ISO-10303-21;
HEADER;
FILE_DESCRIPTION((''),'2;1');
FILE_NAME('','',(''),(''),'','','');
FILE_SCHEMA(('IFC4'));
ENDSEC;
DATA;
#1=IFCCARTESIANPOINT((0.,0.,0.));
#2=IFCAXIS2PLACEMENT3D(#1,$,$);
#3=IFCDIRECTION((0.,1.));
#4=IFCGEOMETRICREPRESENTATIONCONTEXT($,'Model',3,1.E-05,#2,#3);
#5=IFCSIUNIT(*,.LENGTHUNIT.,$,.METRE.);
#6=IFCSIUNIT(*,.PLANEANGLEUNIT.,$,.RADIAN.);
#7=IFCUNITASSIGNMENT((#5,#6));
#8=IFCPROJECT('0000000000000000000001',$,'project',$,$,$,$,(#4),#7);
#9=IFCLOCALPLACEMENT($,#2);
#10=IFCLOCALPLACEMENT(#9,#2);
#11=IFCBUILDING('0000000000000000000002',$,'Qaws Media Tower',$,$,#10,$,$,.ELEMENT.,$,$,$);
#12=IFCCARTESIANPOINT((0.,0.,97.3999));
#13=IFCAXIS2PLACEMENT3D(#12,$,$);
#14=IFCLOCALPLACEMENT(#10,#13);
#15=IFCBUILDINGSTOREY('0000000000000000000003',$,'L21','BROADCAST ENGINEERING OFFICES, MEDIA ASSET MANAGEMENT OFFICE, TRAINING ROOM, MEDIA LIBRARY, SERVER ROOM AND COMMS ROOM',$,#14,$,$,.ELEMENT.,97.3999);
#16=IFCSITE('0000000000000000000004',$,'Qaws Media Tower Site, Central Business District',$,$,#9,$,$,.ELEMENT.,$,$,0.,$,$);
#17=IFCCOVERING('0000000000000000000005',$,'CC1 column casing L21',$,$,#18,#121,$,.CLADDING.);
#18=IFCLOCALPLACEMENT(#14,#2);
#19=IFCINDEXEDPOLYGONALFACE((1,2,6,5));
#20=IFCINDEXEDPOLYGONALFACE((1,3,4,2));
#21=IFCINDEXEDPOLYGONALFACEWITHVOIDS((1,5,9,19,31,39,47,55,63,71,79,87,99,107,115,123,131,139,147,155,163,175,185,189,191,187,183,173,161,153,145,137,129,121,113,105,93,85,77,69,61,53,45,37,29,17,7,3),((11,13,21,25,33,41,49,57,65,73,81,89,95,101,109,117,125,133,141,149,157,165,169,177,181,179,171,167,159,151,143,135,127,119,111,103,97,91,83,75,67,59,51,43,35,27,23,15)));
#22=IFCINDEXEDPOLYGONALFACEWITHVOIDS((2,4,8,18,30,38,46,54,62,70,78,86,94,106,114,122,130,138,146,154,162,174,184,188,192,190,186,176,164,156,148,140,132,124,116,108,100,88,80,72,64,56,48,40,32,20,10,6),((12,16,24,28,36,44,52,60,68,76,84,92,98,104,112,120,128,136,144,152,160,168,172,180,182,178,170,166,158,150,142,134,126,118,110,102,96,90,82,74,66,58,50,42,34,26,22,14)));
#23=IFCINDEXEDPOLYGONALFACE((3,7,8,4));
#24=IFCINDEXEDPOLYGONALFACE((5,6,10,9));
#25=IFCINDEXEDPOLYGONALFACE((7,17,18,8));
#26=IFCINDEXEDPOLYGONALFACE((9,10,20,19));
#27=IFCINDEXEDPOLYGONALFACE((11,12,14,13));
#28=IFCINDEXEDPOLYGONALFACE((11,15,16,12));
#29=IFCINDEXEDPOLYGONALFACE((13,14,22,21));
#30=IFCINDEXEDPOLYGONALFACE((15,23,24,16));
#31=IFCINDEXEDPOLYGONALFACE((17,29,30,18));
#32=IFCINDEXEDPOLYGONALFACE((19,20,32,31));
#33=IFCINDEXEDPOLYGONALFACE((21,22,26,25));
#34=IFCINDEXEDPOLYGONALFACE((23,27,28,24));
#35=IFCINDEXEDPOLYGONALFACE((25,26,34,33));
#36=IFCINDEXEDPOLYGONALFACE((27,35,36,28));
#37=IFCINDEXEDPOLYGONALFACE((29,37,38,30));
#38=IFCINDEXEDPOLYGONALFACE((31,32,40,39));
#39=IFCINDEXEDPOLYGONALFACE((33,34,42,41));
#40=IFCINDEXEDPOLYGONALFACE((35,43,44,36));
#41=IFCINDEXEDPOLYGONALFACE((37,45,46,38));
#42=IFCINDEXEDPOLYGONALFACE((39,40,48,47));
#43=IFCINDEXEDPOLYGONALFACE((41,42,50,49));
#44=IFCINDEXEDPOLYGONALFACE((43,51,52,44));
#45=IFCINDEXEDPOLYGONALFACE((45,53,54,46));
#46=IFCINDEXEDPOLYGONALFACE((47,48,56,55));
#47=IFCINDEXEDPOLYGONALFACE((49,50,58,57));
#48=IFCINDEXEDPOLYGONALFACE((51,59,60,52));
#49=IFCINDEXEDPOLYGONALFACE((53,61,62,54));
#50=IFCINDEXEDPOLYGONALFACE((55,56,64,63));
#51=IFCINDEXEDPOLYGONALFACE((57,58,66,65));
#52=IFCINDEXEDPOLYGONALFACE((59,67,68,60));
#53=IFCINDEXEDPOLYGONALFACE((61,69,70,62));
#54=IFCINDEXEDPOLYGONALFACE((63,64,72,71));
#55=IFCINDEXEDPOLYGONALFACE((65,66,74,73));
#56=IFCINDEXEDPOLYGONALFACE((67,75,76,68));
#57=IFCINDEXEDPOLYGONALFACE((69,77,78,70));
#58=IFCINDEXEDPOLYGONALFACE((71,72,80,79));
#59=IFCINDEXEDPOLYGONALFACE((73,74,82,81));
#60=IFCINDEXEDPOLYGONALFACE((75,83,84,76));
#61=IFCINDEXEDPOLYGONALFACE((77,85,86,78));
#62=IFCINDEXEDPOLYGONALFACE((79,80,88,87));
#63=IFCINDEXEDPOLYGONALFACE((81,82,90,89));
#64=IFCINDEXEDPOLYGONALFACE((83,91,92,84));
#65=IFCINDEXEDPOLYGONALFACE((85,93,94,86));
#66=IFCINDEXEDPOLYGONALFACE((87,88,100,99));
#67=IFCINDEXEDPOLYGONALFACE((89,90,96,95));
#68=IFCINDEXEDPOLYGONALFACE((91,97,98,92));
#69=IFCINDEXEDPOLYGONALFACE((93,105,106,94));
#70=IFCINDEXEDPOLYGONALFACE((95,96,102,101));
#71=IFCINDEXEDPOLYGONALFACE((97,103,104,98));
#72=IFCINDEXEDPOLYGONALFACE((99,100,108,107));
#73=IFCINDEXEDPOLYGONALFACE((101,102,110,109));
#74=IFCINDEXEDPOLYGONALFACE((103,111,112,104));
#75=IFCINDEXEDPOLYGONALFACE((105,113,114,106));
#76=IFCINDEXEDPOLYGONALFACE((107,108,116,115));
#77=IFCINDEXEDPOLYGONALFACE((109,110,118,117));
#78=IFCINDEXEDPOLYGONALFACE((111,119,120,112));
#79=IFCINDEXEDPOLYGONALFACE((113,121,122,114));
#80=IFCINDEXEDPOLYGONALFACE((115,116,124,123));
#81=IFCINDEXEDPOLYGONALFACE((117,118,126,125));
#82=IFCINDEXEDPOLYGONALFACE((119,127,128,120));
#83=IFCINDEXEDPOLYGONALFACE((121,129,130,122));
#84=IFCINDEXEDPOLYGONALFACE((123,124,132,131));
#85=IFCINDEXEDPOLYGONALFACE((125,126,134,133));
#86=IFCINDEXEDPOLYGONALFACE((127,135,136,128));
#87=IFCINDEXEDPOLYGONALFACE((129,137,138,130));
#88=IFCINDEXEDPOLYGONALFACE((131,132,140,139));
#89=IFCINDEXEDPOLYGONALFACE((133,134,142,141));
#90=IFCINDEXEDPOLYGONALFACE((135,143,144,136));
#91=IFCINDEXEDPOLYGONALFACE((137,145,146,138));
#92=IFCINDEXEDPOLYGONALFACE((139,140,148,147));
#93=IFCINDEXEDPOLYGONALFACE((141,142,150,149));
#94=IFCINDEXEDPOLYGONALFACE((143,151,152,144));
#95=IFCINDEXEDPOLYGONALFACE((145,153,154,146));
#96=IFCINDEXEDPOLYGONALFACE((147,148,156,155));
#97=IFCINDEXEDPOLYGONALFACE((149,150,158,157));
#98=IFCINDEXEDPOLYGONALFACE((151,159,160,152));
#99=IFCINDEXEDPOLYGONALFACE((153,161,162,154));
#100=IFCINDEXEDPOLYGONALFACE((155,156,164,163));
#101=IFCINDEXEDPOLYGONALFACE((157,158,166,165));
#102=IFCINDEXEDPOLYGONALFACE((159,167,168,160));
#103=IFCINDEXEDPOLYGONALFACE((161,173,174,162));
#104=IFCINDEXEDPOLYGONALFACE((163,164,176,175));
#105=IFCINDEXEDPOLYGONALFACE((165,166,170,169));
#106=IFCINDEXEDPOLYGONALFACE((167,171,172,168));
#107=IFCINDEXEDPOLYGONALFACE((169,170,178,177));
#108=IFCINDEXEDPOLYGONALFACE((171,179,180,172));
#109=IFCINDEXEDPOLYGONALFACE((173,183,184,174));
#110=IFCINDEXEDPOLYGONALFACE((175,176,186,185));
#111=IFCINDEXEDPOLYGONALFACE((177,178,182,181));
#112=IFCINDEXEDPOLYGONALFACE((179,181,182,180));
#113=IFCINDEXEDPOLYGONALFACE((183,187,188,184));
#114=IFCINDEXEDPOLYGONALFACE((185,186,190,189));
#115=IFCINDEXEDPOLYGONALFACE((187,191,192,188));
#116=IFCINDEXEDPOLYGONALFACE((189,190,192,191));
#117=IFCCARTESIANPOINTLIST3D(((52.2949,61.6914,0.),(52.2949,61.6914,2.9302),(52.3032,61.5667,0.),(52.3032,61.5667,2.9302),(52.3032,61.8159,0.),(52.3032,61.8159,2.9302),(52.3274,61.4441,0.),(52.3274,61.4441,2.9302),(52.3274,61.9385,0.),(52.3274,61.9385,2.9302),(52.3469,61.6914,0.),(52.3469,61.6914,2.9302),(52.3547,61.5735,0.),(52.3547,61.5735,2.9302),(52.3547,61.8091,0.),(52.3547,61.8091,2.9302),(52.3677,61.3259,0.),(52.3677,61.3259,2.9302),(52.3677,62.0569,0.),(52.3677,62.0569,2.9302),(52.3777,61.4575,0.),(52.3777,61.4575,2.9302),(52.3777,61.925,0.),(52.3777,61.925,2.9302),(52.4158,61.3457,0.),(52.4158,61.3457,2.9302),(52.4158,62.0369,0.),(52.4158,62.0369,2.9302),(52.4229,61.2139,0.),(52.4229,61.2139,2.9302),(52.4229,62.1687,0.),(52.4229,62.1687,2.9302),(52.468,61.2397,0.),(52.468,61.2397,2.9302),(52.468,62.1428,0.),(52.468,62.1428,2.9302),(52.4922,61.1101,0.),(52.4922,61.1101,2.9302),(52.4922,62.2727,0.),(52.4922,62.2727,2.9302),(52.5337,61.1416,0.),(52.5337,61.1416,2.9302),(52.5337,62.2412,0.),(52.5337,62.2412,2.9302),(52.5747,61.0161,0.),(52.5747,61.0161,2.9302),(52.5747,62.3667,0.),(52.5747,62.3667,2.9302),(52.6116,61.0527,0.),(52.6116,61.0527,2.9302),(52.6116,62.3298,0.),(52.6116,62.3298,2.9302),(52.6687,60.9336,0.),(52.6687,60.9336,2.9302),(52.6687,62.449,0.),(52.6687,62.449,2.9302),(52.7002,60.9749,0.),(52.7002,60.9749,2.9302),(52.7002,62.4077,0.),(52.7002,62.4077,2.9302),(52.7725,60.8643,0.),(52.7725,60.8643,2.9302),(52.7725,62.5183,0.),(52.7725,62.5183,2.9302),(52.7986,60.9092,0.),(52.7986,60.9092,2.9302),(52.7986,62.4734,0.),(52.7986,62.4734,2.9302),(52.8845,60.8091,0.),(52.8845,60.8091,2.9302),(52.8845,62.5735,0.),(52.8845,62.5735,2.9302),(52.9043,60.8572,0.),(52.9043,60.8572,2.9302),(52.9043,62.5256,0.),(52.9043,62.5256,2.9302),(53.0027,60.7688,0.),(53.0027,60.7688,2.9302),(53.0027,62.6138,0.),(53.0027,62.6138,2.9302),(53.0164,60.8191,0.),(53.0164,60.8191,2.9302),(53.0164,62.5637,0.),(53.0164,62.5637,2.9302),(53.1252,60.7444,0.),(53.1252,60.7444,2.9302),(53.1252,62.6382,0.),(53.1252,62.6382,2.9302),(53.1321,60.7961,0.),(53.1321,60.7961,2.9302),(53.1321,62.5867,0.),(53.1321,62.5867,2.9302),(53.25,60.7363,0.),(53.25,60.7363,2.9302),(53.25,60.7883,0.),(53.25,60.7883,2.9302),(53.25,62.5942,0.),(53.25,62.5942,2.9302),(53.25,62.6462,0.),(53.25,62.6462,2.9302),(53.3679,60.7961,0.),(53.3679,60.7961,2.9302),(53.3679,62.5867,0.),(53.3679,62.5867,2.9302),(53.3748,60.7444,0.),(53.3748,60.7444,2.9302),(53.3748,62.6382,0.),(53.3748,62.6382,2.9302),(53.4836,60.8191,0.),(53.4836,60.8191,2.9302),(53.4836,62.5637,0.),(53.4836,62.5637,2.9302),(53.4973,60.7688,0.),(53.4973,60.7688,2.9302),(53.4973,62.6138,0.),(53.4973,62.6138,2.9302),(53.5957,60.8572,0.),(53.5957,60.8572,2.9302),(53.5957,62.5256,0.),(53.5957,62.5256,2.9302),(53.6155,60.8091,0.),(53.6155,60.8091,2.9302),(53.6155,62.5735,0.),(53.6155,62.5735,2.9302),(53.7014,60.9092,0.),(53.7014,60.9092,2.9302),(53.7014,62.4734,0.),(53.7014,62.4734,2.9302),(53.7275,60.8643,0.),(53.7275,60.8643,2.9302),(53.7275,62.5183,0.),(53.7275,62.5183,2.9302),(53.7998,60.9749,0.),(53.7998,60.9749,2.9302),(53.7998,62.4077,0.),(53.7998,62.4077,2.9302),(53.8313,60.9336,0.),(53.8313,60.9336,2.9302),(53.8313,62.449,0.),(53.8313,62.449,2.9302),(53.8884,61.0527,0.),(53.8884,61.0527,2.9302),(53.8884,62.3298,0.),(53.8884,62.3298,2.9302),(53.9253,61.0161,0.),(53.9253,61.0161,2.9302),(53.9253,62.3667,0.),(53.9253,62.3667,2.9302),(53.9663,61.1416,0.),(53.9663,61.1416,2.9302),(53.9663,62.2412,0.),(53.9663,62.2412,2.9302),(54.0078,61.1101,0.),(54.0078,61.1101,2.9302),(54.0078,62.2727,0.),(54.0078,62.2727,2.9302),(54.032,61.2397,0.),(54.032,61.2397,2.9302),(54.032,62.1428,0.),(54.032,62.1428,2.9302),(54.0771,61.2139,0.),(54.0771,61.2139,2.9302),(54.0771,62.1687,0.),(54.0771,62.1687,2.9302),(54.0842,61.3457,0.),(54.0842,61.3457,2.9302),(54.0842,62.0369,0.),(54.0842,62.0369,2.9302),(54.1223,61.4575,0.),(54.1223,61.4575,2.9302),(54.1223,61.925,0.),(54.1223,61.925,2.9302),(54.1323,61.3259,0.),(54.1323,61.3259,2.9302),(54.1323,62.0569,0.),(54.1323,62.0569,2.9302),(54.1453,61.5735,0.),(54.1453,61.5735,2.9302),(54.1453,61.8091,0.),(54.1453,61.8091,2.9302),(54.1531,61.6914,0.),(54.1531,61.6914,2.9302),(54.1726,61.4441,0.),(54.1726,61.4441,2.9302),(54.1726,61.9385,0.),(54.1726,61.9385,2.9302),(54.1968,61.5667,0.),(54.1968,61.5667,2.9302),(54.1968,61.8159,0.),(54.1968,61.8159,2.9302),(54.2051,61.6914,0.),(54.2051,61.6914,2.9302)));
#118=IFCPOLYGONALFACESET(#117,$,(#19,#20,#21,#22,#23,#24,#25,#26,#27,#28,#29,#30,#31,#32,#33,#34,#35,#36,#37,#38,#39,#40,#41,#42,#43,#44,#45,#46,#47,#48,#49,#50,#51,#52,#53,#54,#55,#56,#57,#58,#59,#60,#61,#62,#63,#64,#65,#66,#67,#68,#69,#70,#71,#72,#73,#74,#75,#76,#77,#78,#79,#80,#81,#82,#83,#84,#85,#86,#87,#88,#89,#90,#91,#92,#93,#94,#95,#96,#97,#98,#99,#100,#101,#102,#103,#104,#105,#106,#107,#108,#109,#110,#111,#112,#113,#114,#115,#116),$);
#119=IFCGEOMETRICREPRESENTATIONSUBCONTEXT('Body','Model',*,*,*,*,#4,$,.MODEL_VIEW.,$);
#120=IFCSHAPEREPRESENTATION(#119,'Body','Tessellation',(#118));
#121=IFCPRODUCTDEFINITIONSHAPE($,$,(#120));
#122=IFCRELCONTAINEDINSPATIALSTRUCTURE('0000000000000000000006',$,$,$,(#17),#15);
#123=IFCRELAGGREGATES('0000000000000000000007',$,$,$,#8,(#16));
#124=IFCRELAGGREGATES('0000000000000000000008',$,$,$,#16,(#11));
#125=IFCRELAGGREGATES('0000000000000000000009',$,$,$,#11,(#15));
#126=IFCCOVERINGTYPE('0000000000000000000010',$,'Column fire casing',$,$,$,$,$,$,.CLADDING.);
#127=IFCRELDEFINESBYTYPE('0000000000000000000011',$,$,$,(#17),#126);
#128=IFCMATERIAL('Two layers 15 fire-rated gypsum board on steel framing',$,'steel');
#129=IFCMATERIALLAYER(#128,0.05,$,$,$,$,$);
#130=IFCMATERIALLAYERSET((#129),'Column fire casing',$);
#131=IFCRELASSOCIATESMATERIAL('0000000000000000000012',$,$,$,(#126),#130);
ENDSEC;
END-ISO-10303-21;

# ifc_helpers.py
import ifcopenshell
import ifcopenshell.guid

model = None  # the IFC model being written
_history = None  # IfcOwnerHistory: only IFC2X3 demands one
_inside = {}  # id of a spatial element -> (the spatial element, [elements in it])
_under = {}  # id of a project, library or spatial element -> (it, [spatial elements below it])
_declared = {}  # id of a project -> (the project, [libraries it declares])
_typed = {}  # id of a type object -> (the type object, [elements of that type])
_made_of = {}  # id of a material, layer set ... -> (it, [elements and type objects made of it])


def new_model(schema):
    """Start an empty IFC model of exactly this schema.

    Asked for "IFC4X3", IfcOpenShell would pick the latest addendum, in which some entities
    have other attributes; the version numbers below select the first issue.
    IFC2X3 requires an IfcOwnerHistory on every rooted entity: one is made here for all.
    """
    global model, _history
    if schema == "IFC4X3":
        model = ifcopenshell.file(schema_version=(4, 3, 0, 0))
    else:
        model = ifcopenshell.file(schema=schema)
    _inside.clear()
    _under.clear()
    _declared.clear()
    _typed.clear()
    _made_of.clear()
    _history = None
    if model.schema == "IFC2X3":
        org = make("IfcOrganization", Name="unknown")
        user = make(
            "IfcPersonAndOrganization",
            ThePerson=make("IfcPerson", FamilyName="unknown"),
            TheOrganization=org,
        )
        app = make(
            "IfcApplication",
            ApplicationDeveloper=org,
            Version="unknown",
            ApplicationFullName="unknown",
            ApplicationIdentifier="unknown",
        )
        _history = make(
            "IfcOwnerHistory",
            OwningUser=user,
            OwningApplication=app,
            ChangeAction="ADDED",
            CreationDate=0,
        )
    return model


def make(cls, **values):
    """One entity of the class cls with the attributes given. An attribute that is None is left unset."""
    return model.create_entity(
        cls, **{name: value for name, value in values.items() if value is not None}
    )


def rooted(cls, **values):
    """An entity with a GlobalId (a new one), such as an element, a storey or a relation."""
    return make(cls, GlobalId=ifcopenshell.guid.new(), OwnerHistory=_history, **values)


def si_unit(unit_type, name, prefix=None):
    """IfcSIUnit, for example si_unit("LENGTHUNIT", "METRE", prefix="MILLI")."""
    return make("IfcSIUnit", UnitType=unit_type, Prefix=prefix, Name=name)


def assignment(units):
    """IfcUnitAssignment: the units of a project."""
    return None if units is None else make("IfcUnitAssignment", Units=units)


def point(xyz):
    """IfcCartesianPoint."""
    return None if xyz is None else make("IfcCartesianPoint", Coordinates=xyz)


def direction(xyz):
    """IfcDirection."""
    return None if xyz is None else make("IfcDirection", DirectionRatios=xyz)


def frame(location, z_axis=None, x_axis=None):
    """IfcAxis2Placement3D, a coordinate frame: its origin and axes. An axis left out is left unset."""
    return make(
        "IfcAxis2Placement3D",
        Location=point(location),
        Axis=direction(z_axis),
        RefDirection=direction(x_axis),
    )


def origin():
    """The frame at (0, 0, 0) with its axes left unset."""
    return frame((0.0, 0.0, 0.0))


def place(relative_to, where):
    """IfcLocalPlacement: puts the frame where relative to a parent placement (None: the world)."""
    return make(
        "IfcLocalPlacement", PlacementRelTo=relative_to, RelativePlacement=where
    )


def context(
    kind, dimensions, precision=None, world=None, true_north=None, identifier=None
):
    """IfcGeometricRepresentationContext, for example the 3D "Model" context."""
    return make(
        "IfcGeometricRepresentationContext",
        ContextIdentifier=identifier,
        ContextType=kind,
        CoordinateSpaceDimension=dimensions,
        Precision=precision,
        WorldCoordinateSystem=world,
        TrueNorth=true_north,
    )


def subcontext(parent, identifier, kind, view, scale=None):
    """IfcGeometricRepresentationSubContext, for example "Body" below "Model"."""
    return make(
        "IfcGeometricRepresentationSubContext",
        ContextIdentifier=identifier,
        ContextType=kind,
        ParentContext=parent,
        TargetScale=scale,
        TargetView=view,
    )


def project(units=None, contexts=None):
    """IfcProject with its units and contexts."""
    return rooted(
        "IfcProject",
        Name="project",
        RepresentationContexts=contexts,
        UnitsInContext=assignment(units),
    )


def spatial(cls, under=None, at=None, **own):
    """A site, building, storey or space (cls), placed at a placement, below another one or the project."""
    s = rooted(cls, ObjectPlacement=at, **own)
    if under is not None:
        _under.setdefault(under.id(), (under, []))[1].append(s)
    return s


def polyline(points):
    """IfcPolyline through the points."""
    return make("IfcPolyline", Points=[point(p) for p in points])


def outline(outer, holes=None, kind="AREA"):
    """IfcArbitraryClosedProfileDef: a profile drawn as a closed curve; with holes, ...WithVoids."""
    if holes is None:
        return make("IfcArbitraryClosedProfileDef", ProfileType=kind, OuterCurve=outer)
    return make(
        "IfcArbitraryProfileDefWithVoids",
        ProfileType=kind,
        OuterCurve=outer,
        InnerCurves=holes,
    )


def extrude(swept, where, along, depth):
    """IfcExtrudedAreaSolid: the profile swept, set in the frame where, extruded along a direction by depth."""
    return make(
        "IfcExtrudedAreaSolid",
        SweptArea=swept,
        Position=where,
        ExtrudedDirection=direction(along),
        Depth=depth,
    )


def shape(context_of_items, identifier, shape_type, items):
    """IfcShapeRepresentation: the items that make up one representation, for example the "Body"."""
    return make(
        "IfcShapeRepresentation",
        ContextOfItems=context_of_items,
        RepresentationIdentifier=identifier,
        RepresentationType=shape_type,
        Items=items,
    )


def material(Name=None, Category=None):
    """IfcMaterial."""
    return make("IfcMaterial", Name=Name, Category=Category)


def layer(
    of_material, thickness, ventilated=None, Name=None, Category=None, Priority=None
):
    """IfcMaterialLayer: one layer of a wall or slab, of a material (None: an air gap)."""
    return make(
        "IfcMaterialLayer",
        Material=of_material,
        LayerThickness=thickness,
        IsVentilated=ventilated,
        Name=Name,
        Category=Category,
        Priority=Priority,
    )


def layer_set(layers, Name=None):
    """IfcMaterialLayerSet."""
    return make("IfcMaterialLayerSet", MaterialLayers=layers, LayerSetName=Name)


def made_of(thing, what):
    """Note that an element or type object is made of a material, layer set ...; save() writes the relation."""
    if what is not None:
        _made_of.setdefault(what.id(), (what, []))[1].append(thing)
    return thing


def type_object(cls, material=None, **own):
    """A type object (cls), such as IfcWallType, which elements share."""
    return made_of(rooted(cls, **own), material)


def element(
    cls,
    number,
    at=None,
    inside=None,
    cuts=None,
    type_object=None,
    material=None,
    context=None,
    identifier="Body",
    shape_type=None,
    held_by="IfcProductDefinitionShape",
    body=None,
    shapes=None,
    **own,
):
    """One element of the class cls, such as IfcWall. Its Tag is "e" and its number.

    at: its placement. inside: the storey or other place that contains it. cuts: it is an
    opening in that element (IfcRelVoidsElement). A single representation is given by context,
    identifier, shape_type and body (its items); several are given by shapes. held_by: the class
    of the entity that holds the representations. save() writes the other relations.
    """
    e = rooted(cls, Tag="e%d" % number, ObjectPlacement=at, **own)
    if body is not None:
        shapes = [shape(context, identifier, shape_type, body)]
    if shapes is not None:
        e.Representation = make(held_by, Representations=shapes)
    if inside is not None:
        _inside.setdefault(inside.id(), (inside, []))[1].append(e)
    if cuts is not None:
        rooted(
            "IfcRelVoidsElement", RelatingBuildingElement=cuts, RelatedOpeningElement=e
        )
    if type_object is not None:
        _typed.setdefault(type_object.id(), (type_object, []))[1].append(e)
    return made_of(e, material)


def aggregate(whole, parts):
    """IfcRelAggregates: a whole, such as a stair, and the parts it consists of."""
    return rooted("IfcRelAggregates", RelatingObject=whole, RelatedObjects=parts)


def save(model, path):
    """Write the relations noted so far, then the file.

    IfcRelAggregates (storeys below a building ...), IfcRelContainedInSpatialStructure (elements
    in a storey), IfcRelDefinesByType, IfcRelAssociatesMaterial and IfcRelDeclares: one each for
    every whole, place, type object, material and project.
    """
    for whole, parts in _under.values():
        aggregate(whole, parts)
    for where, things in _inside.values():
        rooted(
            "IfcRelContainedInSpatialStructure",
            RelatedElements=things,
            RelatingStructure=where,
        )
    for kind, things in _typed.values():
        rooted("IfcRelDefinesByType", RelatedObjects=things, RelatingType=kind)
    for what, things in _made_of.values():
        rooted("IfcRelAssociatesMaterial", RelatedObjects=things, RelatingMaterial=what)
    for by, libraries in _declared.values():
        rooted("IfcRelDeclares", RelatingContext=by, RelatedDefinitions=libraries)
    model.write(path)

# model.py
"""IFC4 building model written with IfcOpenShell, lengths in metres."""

from ifc_helpers import new_model, si_unit, direction, frame, origin, place, context, subcontext, project, spatial, polyline, outline, extrude, material, layer, layer_set, type_object, element, save


model = new_model("IFC4")

# Units and contexts
model_context = context("Model", 3, precision=1e-05, world=origin(), true_north=direction((0.0, 1.0)))
body_context = subcontext(model_context, "Body", "Model", "MODEL_VIEW")
ifc_project = project(units=[si_unit("LENGTHUNIT", "METRE"), si_unit("PLANEANGLEUNIT", "RADIAN")], contexts=[model_context])

# Site, building, storey
site_placement = place(None, origin())
site = spatial("IfcSite", under=ifc_project, at=site_placement, Name="Qaws Media Tower Site, Central Business District", CompositionType="ELEMENT", RefElevation=0.0)
building_placement = place(site_placement, origin())
building = spatial("IfcBuilding", under=site, at=building_placement, Name="Qaws Media Tower", CompositionType="ELEMENT")
storey_placement = place(building_placement, frame((0.0, 0.0, 97.3999)))
storey = spatial("IfcBuildingStorey", under=building, at=storey_placement, Name="L21", Description="BROADCAST ENGINEERING OFFICES, MEDIA ASSET MANAGEMENT OFFICE, TRAINING ROOM, MEDIA LIBRARY, SERVER ROOM AND COMMS ROOM", CompositionType="ELEMENT", Elevation=97.3999)

# Covering
ifc_material_1 = material(Name="Two layers 15 fire-rated gypsum board on steel framing", Category="steel")
ifc_layer_1 = layer(ifc_material_1, 0.05)
ifc_layer_set_1 = layer_set([ifc_layer_1], Name="Column fire casing")
covering_type = type_object("IfcCoveringType", Name="Column fire casing", PredefinedType="CLADDING", material=ifc_layer_set_1)
covering_1_placement = place(storey_placement, origin())
element("IfcCovering", 1, at=covering_1_placement, inside=storey, type_object=covering_type, Name="CC1 column casing L21", PredefinedType="CLADDING", context=body_context, shape_type="SweptSolid", body=[
    extrude(outline(polyline([(54.2051, 61.6914), (54.1968, 61.5667), (54.1726, 61.4441), (54.1323, 61.3259), (54.0771, 61.2139), (54.0078, 61.1101), (53.9253, 61.0161), (53.8313, 60.9336), (53.7275, 60.8643), (53.6155, 60.8091), (53.4973, 60.7688), (53.3748, 60.7444), (53.25, 60.7363), (53.1252, 60.7444), (53.0027, 60.7688), (52.8845, 60.8091), (52.7725, 60.8643), (52.6687, 60.9336), (52.5747, 61.0161), (52.4922, 61.1101), (52.4229, 61.2139), (52.3677, 61.3259), (52.3274, 61.4441), (52.3032, 61.5667), (52.2949, 61.6914), (52.3032, 61.8159), (52.3274, 61.9385), (52.3677, 62.0569), (52.4229, 62.1687), (52.4922, 62.2727), (52.5747, 62.3667), (52.6687, 62.449), (52.7725, 62.5183), (52.8845, 62.5735), (53.0027, 62.6138), (53.1252, 62.6382), (53.25, 62.6462), (53.3748, 62.6382), (53.4973, 62.6138), (53.6155, 62.5735), (53.7275, 62.5183), (53.8313, 62.449), (53.9253, 62.3667), (54.0078, 62.2727), (54.0771, 62.1687), (54.1323, 62.0569), (54.1726, 61.9385), (54.1968, 61.8159), (54.2051, 61.6914)]), holes=[polyline([(54.1531, 61.6914), (54.1453, 61.5735), (54.1223, 61.4575), (54.0842, 61.3457), (54.032, 61.2397), (53.9663, 61.1416), (53.8884, 61.0527), (53.7998, 60.9749), (53.7014, 60.9092), (53.5957, 60.8572), (53.4836, 60.8191), (53.3679, 60.7961), (53.25, 60.7883), (53.1321, 60.7961), (53.0164, 60.8191), (52.9043, 60.8572), (52.7986, 60.9092), (52.7002, 60.9749), (52.6116, 61.0527), (52.5337, 61.1416), (52.468, 61.2397), (52.4158, 61.3457), (52.3777, 61.4575), (52.3547, 61.5735), (52.3469, 61.6914), (52.3547, 61.8091), (52.3777, 61.925), (52.4158, 62.0369), (52.468, 62.1428), (52.5337, 62.2412), (52.6116, 62.3298), (52.7002, 62.4077), (52.7986, 62.4734), (52.9043, 62.5256), (53.0164, 62.5637), (53.1321, 62.5867), (53.25, 62.5942), (53.3679, 62.5867), (53.4836, 62.5637), (53.5957, 62.5256), (53.7014, 62.4734), (53.7998, 62.4077), (53.8884, 62.3298), (53.9663, 62.2412), (54.032, 62.1428), (54.0842, 62.0369), (54.1223, 61.925), (54.1453, 61.8091), (54.1531, 61.6914)])]), origin(), (0.0, 0.0, 1.0), 2.9302),
])

save(model, "model.ifc")
